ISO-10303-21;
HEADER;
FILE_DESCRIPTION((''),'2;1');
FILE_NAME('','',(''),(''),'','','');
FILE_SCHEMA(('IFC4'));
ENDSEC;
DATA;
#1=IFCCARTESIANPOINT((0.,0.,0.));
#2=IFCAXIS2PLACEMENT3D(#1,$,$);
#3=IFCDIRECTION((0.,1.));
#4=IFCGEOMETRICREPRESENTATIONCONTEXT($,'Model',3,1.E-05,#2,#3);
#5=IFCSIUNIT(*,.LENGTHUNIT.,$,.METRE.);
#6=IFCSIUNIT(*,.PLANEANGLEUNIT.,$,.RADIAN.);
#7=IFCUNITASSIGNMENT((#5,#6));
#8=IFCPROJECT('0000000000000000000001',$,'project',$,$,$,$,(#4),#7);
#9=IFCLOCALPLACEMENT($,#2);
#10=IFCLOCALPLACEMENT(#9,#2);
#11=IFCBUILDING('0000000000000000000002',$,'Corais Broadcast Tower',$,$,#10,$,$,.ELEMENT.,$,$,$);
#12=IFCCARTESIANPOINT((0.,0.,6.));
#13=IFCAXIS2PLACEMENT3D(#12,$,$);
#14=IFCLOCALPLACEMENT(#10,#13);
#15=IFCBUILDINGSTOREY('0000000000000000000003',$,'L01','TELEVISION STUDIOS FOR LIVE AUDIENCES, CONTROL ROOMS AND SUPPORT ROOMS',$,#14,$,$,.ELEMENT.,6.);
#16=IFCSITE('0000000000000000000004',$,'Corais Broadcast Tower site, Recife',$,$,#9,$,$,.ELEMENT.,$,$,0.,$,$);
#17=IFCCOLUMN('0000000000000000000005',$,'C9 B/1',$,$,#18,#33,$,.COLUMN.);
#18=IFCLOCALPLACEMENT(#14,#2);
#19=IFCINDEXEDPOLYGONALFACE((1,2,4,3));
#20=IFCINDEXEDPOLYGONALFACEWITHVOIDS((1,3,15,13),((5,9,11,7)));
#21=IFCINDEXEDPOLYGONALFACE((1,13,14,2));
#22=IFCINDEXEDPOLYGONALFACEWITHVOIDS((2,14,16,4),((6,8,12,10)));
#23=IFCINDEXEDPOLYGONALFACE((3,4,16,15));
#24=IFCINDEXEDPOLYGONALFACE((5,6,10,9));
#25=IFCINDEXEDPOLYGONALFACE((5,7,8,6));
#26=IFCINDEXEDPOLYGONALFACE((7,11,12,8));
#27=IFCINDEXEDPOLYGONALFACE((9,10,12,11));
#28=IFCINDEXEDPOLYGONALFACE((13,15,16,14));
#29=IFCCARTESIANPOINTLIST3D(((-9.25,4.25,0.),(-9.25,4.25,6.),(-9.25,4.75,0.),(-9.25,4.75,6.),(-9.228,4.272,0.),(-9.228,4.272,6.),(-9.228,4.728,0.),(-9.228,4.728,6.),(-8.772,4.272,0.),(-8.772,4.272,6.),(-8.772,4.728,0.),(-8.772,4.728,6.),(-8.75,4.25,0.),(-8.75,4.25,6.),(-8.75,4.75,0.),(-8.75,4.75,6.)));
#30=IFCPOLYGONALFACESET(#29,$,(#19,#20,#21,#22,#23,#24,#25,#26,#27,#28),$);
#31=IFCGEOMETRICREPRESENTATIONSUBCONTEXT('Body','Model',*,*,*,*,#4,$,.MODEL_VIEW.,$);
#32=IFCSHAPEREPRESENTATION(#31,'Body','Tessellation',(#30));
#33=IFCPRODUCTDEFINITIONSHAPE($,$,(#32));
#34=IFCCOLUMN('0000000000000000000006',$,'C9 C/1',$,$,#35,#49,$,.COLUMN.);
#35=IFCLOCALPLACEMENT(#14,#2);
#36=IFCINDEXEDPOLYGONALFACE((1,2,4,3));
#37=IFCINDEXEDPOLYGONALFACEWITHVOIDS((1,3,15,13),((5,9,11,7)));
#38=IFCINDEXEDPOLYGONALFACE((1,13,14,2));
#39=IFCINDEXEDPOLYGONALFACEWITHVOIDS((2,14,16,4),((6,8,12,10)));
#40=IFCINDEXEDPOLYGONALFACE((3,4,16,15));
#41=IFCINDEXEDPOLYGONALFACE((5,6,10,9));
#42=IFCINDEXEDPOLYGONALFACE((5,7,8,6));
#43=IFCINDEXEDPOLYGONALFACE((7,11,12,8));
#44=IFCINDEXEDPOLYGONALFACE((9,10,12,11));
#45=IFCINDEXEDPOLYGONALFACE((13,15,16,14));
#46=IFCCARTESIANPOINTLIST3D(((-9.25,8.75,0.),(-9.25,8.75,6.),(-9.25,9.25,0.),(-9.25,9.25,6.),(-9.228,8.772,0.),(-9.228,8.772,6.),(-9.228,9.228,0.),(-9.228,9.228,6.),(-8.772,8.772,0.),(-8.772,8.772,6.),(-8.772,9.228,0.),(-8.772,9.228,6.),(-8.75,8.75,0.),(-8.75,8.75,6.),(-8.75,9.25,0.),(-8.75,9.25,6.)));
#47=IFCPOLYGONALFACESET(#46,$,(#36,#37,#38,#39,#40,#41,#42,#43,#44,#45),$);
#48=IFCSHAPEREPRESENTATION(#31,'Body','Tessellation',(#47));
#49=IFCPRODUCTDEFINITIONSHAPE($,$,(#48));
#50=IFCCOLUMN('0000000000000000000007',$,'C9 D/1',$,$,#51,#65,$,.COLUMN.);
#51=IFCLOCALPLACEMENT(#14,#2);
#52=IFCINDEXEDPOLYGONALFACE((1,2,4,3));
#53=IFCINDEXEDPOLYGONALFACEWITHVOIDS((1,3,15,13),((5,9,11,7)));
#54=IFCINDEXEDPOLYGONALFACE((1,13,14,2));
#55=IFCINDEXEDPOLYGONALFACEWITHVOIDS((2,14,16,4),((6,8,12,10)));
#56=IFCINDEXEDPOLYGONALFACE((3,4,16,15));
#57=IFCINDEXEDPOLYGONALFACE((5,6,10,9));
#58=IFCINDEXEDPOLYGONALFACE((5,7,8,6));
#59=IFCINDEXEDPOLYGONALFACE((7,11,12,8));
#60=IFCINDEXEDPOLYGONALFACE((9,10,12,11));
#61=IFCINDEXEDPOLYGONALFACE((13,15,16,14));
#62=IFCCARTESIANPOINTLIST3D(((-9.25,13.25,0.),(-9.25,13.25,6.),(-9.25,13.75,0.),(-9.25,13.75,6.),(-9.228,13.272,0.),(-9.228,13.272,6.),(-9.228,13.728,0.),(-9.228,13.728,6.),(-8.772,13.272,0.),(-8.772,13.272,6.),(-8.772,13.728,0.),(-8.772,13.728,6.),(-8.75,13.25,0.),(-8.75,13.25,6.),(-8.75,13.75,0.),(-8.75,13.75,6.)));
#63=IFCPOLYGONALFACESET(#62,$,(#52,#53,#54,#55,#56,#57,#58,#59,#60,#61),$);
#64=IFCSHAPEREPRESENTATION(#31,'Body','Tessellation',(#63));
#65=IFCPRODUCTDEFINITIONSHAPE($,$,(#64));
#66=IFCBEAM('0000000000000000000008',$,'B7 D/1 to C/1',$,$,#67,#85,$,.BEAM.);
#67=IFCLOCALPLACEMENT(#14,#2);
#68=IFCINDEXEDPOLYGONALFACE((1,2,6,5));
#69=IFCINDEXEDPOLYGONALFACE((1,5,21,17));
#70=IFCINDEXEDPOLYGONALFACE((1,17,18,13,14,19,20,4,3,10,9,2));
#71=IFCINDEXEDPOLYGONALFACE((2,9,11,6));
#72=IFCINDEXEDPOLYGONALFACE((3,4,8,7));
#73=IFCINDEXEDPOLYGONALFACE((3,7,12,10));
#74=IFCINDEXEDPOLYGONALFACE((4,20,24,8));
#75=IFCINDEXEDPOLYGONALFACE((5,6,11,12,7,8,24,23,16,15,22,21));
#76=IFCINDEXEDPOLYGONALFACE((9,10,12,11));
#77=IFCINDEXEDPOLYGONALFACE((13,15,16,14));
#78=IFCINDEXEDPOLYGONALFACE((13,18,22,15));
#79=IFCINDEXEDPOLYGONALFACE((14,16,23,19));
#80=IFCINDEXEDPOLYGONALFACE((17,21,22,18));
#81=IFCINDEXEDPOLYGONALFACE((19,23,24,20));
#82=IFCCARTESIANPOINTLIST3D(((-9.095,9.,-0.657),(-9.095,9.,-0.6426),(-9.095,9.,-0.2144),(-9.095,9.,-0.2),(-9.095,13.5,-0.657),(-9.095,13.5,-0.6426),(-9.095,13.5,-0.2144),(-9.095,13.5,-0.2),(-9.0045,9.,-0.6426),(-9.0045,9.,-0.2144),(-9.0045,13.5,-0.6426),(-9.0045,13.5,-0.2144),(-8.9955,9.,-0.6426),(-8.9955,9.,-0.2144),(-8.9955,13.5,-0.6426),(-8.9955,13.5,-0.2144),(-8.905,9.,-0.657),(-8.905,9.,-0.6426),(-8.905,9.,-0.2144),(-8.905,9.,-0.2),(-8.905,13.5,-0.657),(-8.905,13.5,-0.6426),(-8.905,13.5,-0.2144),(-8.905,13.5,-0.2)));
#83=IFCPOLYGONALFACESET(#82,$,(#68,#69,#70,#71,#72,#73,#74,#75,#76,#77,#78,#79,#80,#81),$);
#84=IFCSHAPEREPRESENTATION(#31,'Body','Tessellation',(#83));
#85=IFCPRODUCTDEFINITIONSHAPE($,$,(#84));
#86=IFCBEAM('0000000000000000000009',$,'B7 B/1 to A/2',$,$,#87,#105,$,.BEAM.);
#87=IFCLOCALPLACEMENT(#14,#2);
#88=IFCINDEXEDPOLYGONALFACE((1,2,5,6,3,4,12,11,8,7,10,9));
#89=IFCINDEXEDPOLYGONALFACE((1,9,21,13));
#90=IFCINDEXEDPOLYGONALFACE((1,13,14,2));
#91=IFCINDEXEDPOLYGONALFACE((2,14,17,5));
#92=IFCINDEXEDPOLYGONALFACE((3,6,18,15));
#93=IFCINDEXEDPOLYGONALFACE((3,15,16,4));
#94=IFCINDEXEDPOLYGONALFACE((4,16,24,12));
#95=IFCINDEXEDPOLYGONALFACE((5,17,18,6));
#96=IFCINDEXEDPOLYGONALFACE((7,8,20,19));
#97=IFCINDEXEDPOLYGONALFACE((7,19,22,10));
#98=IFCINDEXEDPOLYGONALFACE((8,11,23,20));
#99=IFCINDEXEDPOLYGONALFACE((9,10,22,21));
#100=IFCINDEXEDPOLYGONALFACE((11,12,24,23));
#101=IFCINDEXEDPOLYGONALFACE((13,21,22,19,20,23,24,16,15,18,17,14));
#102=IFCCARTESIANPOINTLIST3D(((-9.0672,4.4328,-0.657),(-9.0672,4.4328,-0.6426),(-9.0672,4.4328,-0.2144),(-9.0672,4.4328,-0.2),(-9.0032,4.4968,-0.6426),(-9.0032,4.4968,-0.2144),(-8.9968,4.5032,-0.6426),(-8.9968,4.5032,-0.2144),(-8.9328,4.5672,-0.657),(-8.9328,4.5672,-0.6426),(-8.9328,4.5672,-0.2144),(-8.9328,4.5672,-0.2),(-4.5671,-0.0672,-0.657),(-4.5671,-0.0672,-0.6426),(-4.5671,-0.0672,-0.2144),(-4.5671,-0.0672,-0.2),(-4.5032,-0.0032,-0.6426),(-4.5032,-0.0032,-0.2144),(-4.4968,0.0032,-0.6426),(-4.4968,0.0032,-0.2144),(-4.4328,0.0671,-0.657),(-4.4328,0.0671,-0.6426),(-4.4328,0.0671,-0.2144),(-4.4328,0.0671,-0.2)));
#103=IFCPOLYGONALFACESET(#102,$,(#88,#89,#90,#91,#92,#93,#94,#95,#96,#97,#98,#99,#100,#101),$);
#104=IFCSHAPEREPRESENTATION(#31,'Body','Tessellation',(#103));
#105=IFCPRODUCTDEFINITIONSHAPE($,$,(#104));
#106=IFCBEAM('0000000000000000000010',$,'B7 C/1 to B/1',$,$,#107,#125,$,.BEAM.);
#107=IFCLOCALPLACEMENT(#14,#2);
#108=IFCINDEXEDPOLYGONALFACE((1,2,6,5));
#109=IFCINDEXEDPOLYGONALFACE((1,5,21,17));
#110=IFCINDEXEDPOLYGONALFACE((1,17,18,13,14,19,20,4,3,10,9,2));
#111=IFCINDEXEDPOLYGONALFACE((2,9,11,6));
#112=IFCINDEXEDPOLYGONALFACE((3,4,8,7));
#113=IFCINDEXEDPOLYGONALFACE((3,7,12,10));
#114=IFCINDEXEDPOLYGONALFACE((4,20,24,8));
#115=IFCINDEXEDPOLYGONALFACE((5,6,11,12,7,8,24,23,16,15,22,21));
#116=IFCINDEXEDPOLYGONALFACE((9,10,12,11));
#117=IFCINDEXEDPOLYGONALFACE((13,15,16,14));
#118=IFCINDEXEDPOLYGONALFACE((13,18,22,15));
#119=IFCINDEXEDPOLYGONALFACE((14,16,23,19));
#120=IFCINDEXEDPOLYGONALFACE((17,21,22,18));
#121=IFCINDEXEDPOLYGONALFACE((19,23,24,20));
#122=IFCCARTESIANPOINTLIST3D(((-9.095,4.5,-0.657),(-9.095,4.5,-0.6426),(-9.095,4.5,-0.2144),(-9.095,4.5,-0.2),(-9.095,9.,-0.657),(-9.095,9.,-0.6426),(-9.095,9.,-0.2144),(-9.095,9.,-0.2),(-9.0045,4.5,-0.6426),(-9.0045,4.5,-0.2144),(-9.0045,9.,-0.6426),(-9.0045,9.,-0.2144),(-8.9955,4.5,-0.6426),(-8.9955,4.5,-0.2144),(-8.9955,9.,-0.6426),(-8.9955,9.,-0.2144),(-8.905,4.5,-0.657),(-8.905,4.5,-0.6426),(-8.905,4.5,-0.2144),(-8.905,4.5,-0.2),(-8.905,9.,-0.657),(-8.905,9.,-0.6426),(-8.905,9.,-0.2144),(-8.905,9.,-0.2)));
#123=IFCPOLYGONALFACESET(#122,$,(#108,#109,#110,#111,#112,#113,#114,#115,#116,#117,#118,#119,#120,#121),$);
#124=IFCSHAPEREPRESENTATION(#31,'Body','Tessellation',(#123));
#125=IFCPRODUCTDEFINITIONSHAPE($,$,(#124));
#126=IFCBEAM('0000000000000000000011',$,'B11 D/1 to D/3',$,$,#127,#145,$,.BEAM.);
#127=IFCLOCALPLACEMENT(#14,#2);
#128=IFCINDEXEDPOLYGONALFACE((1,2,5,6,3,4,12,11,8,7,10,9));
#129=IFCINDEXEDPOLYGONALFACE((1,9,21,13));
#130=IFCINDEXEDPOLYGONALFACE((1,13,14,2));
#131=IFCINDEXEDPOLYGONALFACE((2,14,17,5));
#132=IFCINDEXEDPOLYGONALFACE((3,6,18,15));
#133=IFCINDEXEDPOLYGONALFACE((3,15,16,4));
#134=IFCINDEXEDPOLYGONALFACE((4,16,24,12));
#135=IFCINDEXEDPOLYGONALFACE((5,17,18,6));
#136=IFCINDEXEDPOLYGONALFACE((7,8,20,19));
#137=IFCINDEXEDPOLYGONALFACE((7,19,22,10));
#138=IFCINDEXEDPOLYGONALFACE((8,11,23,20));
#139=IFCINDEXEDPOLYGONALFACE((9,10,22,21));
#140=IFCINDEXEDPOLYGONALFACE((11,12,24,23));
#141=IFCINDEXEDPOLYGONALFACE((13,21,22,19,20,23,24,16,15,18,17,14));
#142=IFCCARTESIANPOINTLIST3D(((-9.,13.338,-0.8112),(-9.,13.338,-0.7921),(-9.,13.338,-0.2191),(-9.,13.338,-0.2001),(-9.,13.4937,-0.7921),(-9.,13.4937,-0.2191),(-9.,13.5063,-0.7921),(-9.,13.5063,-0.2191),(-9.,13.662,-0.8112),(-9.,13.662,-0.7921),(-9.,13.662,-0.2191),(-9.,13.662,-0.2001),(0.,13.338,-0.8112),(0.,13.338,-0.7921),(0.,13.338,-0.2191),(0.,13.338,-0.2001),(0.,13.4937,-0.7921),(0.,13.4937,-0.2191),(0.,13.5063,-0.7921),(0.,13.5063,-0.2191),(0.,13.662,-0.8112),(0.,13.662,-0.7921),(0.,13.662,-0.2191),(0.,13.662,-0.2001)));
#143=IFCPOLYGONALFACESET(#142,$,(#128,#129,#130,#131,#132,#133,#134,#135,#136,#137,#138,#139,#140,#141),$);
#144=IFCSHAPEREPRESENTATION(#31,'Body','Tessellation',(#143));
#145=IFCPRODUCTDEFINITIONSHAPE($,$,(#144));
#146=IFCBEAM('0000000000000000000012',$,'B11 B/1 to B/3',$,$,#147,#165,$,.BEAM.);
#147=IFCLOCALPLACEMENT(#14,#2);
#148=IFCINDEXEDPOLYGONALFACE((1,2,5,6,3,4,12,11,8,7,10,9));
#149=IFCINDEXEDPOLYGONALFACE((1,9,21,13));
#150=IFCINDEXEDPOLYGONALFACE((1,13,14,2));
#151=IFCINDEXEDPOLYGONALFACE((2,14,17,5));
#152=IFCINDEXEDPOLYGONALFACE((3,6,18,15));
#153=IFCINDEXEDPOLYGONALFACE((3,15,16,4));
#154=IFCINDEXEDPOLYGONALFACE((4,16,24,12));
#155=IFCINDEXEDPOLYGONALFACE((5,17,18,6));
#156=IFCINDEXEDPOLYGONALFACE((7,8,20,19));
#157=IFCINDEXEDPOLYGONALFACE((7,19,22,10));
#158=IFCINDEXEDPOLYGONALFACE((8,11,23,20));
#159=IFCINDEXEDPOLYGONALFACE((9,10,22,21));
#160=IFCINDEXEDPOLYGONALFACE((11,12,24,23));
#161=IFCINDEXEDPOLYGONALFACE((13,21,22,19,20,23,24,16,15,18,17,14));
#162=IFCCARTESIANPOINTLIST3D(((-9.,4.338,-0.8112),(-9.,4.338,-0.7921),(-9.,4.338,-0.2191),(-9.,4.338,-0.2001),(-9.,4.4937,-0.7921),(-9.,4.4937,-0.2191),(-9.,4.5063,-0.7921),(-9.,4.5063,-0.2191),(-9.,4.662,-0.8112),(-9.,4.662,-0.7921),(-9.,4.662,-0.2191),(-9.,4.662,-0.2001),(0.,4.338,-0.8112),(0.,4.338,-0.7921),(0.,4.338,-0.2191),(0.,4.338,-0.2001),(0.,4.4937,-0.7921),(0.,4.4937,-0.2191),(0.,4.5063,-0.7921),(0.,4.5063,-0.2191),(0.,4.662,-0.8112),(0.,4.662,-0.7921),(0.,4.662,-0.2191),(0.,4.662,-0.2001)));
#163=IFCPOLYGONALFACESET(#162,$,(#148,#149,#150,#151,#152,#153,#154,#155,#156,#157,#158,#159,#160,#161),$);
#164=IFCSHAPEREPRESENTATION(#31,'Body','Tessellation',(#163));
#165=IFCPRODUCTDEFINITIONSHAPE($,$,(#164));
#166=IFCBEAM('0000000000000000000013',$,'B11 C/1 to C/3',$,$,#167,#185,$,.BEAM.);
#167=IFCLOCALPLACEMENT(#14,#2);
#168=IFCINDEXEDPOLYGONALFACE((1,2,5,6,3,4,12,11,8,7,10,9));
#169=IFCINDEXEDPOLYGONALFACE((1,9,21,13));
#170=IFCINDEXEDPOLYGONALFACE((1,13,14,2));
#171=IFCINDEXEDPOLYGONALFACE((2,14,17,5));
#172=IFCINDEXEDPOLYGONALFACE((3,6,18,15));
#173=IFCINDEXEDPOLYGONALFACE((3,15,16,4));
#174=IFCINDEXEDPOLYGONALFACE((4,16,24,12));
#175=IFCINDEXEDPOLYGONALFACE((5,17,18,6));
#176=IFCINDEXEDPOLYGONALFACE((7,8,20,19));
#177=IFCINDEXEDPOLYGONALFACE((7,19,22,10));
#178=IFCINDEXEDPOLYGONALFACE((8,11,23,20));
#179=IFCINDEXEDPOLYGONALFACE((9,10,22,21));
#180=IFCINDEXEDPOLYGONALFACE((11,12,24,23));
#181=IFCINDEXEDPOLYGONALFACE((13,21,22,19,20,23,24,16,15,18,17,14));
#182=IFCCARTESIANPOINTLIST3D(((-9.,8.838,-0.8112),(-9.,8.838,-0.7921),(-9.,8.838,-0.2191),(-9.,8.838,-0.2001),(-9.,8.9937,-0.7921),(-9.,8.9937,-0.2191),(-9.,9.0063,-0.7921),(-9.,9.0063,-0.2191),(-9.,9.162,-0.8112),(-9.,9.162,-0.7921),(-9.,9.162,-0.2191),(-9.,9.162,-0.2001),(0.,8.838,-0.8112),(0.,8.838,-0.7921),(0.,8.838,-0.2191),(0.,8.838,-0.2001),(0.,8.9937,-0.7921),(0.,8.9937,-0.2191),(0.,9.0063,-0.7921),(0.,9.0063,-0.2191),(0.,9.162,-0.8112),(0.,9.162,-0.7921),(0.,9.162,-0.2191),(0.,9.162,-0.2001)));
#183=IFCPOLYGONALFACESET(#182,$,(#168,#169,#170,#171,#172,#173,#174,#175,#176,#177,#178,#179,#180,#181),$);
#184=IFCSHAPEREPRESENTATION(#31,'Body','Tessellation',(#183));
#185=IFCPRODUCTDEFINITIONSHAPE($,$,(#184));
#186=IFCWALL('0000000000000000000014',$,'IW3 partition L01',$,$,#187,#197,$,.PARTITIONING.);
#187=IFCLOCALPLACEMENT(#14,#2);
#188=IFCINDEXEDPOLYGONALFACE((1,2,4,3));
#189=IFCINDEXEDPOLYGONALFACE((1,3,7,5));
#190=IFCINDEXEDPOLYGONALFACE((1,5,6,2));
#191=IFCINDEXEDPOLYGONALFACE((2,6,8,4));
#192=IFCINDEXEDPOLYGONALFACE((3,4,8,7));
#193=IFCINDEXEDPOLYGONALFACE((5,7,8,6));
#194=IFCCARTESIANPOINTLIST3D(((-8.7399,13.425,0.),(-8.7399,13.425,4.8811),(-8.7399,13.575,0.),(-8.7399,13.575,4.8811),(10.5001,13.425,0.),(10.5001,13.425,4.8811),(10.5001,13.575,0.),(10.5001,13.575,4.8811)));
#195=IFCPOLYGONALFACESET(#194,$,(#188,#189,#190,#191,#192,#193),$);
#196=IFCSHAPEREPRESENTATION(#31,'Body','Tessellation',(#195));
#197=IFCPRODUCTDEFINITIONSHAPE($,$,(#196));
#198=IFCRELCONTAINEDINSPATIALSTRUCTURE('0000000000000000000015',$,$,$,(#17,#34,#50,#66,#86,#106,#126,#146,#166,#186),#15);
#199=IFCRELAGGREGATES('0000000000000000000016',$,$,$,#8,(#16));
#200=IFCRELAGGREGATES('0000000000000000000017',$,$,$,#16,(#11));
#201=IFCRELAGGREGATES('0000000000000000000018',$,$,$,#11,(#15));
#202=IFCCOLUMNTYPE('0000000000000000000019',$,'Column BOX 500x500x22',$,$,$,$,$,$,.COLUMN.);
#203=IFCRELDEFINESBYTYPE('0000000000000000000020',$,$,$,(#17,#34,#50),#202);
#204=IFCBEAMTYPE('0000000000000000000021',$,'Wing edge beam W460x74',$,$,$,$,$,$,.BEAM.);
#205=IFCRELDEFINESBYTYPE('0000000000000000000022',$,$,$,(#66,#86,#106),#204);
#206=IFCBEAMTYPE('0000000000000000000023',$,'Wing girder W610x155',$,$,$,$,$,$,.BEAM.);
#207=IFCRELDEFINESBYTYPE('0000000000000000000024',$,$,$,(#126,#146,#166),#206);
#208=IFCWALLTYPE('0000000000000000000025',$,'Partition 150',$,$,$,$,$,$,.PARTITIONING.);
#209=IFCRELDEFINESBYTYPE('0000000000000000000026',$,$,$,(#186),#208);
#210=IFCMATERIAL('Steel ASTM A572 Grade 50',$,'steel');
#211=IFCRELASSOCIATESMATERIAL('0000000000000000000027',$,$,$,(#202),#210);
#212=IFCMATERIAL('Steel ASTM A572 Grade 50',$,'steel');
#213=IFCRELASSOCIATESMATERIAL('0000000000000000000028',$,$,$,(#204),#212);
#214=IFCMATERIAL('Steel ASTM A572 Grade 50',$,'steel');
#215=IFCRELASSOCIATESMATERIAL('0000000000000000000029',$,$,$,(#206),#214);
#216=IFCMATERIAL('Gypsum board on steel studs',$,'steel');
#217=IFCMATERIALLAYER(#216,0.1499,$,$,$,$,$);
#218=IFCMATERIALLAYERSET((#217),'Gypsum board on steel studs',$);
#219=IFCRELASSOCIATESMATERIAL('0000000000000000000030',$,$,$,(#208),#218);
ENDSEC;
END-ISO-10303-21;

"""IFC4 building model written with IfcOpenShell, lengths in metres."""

from ifc_helpers import new_model, si_unit, direction, frame, frame_2d, origin, origin_2d, place, context, subcontext, project, spatial, rectangle, hollow_rectangle, i_section, extrude, material, layer, layer_set, material_profile, profile_set, type_object, element, save


model = new_model("IFC4")

# Units and contexts
model_context = context("Model", 3, precision=1e-05, world=origin(), true_north=direction((0.0, 1.0)))
body_context = subcontext(model_context, "Body", "Model", "MODEL_VIEW")
ifc_project = project(units=[si_unit("LENGTHUNIT", "METRE"), si_unit("PLANEANGLEUNIT", "RADIAN")], contexts=[model_context])

# Site, building, storey
site_placement = place(None, origin())
site = spatial("IfcSite", under=ifc_project, at=site_placement, Name="Corais Broadcast Tower site, Recife", CompositionType="ELEMENT", RefElevation=0.0)
building_placement = place(site_placement, origin())
building = spatial("IfcBuilding", under=site, at=building_placement, Name="Corais Broadcast Tower", CompositionType="ELEMENT")
storey_placement = place(building_placement, frame((0.0, 0.0, 6.0)))
storey = spatial("IfcBuildingStorey", under=building, at=storey_placement, Name="L01", Description="TELEVISION STUDIOS FOR LIVE AUDIENCES, CONTROL ROOMS AND SUPPORT ROOMS", CompositionType="ELEMENT", Elevation=6.0)

# Columns
ifc_material_1 = material(Name="Steel ASTM A572 Grade 50", Category="steel")
ifc_material_profile_1 = material_profile(ifc_material_1, hollow_rectangle(XDim=0.5, YDim=0.5, WallThickness=0.022, at=origin_2d()), Name="BOX 500x500x22")
ifc_profile_set_1 = profile_set([ifc_material_profile_1], Name="Steel ASTM A572 Grade 50")
column_type = type_object("IfcColumnType", Name="Column BOX 500x500x22", PredefinedType="COLUMN", material=ifc_profile_set_1)
for number, where, z_axis, x_axis, name in (
    (1, (-9.0, 4.5, 0.0), (0.0, 0.0, 1.0), (1.0, 0.0, 0.0), "C9 B/1"),
    (2, (-9.0, 9.0, 0.0), (0.0, 0.0, 1.0), (1.0, 0.0, 0.0), "C9 C/1"),
    (3, (-9.0, 13.5, 0.0), (0.0, 0.0, 1.0), (1.0, 0.0, 0.0), "C9 D/1"),
):
    element("IfcColumn", number, at=place(storey_placement, frame(where, z_axis=z_axis, x_axis=x_axis)), inside=storey, type_object=column_type, Name=name, PredefinedType="COLUMN", context=body_context, shape_type="SweptSolid", body=[
        extrude(hollow_rectangle(XDim=0.5, YDim=0.5, WallThickness=0.022, at=origin_2d()), origin(), (0.0, 0.0, 1.0), 6.0),
    ])

# Beams
ifc_material_2 = material(Name="Steel ASTM A572 Grade 50", Category="steel")
ifc_material_profile_2 = material_profile(ifc_material_2, i_section(OverallWidth=0.1899, OverallDepth=0.457, WebThickness=0.009, FlangeThickness=0.0144, at=origin_2d()), Name="W460x74")
ifc_profile_set_2 = profile_set([ifc_material_profile_2], Name="Steel ASTM A572 Grade 50")
beam_type_1 = type_object("IfcBeamType", Name="Wing edge beam W460x74", PredefinedType="BEAM", material=ifc_profile_set_2)
beam_1_placement = place(storey_placement, frame((-9.0, 13.5, -0.4285), z_axis=(0.0, -1.0, 0.0), x_axis=(1.0, 0.0, 0.0)))
element("IfcBeam", 4, at=beam_1_placement, inside=storey, type_object=beam_type_1, Name="B7 D/1 to C/1", PredefinedType="BEAM", context=body_context, shape_type="SweptSolid", body=[
    extrude(i_section(OverallWidth=0.1899, OverallDepth=0.457, WebThickness=0.009, FlangeThickness=0.0144, at=origin_2d()), origin(), (0.0, 0.0, 1.0), 4.5),
])
beam_2_placement = place(storey_placement, frame((-9.0, 4.5, -0.4285), z_axis=(0.707107, -0.707107, 0.0), x_axis=(0.707107, 0.707107, 0.0)))
element("IfcBeam", 5, at=beam_2_placement, inside=storey, type_object=beam_type_1, Name="B7 B/1 to A/2", PredefinedType="BEAM", context=body_context, shape_type="SweptSolid", body=[
    extrude(i_section(OverallWidth=0.1899, OverallDepth=0.457, WebThickness=0.009, FlangeThickness=0.0144, at=origin_2d()), origin(), (0.0, 0.0, 1.0), 6.364),
])
beam_3_placement = place(storey_placement, frame((-9.0, 9.0, -0.4285), z_axis=(0.0, -1.0, 0.0), x_axis=(1.0, 0.0, 0.0)))
element("IfcBeam", 6, at=beam_3_placement, inside=storey, type_object=beam_type_1, Name="B7 C/1 to B/1", PredefinedType="BEAM", context=body_context, shape_type="SweptSolid", body=[
    extrude(i_section(OverallWidth=0.1899, OverallDepth=0.457, WebThickness=0.009, FlangeThickness=0.0144, at=origin_2d()), origin(), (0.0, 0.0, 1.0), 4.5),
])
ifc_material_3 = material(Name="Steel ASTM A572 Grade 50", Category="steel")
ifc_material_profile_3 = material_profile(ifc_material_3, i_section(OverallWidth=0.324, OverallDepth=0.6111, WebThickness=0.0127, FlangeThickness=0.019, at=origin_2d()), Name="W610x155")
ifc_profile_set_3 = profile_set([ifc_material_profile_3], Name="Steel ASTM A572 Grade 50")
beam_type_2 = type_object("IfcBeamType", Name="Wing girder W610x155", PredefinedType="BEAM", material=ifc_profile_set_3)
for number, where, z_axis, x_axis, name in (
    (7, (-9.0, 13.5, -0.5056), (1.0, 0.0, 0.0), (0.0, 1.0, 0.0), "B11 D/1 to D/3"),
    (8, (-9.0, 4.5, -0.5056), (1.0, 0.0, 0.0), (0.0, 1.0, 0.0), "B11 B/1 to B/3"),
    (9, (-9.0, 9.0, -0.5056), (1.0, 0.0, 0.0), (0.0, 1.0, 0.0), "B11 C/1 to C/3"),
):
    element("IfcBeam", number, at=place(storey_placement, frame(where, z_axis=z_axis, x_axis=x_axis)), inside=storey, type_object=beam_type_2, Name=name, PredefinedType="BEAM", context=body_context, shape_type="SweptSolid", body=[
        extrude(i_section(OverallWidth=0.324, OverallDepth=0.6111, WebThickness=0.0127, FlangeThickness=0.019, at=origin_2d()), origin(), (0.0, 0.0, 1.0), 9.0),
    ])

# Wall
ifc_material_4 = material(Name="Gypsum board on steel studs", Category="steel")
ifc_layer_1 = layer(ifc_material_4, 0.1499)
ifc_layer_set_1 = layer_set([ifc_layer_1], Name="Gypsum board on steel studs")
wall_type_1 = type_object("IfcWallType", Name="Partition 150", PredefinedType="PARTITIONING", material=ifc_layer_set_1)
wall_1_placement = place(storey_placement, frame((-8.74, 13.5, 0.0), z_axis=(0.0, 0.0, 1.0), x_axis=(1.0, 0.0, 0.0)))
element("IfcWall", 10, at=wall_1_placement, inside=storey, type_object=wall_type_1, Name="IW3 partition L01", PredefinedType="PARTITIONING", context=body_context, shape_type="SweptSolid", body=[
    extrude(rectangle(XDim=19.24, YDim=0.1499, at=frame_2d((9.6201, 0.0))), origin(), (0.0, 0.0, 1.0), 4.8811),
])

save(model, "model.ifc")
